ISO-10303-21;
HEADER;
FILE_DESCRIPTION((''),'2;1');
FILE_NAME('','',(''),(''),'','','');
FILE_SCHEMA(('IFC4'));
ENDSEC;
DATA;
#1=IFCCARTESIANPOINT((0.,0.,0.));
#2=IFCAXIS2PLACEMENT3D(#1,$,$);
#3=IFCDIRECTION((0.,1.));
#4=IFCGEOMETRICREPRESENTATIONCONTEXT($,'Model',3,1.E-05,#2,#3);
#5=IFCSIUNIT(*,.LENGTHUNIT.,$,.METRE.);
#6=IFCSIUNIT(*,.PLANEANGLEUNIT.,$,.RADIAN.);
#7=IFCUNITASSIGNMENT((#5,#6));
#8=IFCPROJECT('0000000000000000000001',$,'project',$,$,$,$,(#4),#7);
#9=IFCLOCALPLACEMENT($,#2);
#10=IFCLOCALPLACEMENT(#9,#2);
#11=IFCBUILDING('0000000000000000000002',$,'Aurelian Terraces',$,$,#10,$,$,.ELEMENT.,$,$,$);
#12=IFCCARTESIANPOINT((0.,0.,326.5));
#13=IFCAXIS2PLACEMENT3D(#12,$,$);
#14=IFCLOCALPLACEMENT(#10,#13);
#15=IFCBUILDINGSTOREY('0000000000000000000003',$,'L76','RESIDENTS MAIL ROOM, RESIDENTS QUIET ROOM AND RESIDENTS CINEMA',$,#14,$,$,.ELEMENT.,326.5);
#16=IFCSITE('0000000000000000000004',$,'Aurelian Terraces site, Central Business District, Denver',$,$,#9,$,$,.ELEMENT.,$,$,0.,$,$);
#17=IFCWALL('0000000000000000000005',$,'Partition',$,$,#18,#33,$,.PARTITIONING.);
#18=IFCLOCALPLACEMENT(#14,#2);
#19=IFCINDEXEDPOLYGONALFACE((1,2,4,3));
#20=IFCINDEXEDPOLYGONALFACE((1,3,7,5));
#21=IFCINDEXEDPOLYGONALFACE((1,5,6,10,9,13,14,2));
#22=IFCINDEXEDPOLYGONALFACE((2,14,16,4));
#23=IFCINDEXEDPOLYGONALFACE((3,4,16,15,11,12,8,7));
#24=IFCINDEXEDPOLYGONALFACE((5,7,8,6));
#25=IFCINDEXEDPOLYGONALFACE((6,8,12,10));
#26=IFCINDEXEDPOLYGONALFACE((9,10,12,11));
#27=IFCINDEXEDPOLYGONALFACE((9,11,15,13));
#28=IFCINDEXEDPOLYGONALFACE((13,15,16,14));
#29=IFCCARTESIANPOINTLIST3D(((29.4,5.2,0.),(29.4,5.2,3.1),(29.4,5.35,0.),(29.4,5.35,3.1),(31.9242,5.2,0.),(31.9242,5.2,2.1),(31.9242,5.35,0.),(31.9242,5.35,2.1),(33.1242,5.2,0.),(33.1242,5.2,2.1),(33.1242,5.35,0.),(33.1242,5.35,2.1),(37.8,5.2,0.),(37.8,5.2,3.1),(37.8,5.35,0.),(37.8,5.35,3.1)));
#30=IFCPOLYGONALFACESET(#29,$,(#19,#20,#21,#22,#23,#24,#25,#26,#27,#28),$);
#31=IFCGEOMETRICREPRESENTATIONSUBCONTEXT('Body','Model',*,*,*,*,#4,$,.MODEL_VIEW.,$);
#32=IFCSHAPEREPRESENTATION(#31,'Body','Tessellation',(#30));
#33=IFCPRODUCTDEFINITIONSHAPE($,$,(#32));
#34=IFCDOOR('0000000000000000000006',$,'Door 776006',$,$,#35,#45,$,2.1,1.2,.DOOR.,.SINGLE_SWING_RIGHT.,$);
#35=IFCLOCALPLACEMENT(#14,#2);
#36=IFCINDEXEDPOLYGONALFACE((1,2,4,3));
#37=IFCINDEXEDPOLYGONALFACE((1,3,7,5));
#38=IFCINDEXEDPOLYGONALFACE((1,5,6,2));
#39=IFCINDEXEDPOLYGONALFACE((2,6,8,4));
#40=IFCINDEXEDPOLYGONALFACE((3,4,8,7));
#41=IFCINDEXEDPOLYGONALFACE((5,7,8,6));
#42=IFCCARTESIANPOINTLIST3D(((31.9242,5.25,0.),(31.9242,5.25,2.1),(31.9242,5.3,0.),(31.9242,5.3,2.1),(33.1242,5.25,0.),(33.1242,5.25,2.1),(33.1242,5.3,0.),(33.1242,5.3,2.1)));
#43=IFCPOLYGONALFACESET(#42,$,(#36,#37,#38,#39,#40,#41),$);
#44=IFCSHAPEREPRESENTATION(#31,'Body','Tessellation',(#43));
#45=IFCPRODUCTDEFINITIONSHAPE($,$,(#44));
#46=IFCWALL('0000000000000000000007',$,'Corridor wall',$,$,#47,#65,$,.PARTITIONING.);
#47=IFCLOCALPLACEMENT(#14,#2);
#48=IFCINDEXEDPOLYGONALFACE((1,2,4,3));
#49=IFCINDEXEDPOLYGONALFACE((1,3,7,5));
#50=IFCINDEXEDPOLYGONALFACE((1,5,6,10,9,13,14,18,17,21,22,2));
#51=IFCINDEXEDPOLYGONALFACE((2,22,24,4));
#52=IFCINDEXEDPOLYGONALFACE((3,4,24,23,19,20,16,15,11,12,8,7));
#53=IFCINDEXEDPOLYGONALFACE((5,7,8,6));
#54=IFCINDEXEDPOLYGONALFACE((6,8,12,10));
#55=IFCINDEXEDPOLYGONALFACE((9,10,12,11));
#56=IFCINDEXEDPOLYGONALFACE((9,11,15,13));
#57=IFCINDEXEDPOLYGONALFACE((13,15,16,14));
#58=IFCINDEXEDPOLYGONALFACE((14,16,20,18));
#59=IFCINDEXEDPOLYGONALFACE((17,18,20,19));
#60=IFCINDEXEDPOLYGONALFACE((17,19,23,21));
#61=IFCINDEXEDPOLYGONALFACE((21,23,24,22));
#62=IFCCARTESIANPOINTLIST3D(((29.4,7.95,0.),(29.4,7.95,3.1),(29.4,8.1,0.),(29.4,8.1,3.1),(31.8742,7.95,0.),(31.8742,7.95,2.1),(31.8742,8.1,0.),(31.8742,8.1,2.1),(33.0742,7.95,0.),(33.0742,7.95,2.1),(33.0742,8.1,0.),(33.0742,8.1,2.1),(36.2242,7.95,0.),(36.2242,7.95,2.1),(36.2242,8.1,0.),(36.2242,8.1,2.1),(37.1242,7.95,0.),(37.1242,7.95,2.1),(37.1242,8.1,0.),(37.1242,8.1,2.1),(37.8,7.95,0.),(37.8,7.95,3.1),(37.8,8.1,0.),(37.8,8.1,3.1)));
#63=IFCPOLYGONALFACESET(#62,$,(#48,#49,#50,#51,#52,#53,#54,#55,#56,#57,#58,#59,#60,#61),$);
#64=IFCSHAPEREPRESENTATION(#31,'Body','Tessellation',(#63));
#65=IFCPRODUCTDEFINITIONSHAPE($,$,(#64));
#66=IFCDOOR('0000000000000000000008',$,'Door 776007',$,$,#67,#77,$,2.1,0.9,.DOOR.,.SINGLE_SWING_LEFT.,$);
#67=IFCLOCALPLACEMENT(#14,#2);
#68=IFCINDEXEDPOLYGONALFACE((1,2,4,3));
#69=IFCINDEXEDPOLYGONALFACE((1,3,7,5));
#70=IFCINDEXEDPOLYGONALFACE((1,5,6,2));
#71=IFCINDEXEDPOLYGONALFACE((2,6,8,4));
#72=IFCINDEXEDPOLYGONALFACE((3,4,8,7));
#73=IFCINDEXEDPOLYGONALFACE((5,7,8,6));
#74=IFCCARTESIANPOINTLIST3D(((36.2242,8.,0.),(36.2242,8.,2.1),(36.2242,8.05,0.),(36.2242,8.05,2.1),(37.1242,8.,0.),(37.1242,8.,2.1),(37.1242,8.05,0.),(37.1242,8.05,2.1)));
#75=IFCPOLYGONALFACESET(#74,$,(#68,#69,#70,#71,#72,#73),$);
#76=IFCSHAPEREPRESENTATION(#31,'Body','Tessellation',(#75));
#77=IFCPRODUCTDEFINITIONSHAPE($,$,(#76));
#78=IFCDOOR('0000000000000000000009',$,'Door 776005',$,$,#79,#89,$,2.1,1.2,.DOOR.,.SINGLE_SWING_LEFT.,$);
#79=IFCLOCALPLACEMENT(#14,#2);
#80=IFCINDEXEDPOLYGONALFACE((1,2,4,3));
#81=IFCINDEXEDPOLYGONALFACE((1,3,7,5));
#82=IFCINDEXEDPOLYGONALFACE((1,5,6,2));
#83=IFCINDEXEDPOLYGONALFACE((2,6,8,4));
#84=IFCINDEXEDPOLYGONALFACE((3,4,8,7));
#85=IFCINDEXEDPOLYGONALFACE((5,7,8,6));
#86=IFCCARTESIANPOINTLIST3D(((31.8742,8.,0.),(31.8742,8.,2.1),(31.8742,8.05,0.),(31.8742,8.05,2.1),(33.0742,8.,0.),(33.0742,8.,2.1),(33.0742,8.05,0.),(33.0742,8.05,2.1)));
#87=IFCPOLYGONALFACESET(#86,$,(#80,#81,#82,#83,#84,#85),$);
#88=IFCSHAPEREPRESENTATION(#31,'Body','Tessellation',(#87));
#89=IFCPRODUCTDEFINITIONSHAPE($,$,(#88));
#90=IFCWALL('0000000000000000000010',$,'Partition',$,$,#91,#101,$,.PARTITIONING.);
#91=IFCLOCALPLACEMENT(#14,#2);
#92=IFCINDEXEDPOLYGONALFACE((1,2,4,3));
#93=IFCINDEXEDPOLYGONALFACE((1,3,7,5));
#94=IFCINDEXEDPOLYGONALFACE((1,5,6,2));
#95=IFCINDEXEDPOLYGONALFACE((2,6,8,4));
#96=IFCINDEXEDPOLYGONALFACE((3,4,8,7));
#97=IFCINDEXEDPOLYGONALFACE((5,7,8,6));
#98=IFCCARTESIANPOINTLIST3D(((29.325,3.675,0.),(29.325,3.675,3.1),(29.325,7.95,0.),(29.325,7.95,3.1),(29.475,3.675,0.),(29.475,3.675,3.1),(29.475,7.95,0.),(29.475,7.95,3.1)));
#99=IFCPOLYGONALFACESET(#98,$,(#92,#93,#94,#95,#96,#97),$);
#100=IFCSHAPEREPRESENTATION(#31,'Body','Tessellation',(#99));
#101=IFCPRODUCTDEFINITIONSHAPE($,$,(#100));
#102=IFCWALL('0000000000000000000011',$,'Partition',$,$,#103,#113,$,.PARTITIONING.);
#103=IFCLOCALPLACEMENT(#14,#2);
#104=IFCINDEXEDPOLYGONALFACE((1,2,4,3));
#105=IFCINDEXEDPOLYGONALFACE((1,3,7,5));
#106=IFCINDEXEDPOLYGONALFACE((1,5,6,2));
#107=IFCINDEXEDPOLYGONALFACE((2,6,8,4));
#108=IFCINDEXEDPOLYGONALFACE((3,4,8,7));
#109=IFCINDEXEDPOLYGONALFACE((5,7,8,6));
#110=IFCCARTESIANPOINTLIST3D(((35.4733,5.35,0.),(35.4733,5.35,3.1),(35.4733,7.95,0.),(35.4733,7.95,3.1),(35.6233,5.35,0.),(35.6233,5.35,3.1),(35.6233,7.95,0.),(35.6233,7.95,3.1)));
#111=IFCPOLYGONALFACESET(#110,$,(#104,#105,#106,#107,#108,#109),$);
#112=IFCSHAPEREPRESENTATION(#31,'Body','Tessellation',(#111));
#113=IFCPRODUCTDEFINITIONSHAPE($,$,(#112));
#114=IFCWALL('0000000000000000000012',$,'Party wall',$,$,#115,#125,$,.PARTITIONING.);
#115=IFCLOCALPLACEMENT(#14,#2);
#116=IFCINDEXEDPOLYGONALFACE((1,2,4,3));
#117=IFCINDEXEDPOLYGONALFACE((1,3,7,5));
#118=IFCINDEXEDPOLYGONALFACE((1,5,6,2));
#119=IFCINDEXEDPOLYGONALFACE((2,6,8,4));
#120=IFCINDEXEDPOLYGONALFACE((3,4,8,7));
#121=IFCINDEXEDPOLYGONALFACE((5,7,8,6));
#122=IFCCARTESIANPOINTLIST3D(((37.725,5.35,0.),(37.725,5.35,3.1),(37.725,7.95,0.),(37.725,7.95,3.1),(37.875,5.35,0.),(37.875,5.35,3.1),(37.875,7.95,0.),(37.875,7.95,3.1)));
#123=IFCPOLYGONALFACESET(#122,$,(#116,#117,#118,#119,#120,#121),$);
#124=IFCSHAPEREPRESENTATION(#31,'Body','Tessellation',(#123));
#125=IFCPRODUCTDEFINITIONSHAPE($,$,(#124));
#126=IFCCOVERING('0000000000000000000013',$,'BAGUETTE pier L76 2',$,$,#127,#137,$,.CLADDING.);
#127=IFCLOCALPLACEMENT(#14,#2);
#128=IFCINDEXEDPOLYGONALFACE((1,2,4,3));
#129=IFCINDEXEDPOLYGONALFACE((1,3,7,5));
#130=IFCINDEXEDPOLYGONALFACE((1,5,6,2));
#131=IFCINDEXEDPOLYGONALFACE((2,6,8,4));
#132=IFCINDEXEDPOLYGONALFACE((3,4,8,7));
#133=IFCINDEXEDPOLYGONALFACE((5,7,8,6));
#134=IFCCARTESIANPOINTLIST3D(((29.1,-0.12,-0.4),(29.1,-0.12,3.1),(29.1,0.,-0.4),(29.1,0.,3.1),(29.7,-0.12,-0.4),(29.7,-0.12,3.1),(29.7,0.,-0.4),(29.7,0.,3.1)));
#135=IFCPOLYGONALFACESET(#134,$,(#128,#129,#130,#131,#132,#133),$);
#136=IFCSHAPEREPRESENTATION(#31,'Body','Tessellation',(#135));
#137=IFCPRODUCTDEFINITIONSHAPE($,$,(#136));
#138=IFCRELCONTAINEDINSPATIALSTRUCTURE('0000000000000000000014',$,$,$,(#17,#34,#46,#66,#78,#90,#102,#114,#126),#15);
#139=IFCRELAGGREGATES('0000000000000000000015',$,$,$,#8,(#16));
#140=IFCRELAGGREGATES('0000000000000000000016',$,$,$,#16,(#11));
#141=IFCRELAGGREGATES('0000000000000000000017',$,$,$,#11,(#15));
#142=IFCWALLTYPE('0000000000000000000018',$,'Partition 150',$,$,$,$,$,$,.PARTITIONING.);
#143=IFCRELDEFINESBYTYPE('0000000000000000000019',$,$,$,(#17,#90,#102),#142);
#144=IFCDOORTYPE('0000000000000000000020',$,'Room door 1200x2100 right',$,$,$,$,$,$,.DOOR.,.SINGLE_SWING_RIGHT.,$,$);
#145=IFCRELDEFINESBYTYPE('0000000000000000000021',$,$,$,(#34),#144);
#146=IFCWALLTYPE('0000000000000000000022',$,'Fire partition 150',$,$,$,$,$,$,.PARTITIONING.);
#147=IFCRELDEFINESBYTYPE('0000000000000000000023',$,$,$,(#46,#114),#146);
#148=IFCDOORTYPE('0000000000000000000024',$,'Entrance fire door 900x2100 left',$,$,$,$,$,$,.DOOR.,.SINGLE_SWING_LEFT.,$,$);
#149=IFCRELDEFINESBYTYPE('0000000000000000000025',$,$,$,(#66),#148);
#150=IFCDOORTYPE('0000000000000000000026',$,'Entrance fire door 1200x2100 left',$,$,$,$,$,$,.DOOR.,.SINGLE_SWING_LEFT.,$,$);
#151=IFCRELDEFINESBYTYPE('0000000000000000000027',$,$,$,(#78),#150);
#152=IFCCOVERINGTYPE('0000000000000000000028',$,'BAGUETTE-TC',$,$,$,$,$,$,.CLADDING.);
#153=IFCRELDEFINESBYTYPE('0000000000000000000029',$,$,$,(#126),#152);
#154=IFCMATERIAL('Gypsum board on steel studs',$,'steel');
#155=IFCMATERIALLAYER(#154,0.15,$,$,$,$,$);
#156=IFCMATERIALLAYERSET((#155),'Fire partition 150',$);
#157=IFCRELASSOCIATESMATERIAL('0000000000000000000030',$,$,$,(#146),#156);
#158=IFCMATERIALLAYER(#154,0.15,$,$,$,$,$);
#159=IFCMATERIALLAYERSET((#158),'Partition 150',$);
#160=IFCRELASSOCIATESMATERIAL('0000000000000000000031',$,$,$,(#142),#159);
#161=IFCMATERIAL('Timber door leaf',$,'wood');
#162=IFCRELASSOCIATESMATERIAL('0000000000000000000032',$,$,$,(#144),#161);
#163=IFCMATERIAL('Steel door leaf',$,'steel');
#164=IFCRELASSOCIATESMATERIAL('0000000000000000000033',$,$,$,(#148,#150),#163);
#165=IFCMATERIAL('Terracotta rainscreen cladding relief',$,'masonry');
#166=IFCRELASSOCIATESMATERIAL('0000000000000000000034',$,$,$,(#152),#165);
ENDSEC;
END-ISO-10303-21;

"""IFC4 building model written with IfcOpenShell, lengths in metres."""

from ifc_helpers import new_model, si_unit, direction, frame, frame_2d, origin, origin_2d, place, context, subcontext, project, spatial, rectangle, extrude, source, transform, mapped, material, layer, layer_set, type_object, element, fill, save


model = new_model("IFC4")

# Units and contexts
model_context = context("Model", 3, precision=1e-05, world=origin(), true_north=direction((0.0, 1.0)))
body_context = subcontext(model_context, "Body", "Model", "MODEL_VIEW")
ifc_project = project(units=[si_unit("LENGTHUNIT", "METRE"), si_unit("PLANEANGLEUNIT", "RADIAN")], contexts=[model_context])

# Site, building, storey
site_placement = place(None, origin())
site = spatial("IfcSite", under=ifc_project, at=site_placement, Name="Aurelian Terraces site, Central Business District, Denver", CompositionType="ELEMENT", RefElevation=0.0)
building_placement = place(site_placement, origin())
building = spatial("IfcBuilding", under=site, at=building_placement, Name="Aurelian Terraces", CompositionType="ELEMENT")
storey_placement = place(building_placement, frame((0.0, 0.0, 326.5)))
storey = spatial("IfcBuildingStorey", under=building, at=storey_placement, Name="L76", Description="RESIDENTS MAIL ROOM, RESIDENTS QUIET ROOM AND RESIDENTS CINEMA", CompositionType="ELEMENT", Elevation=326.5)

# Shared definitions
ifc_material_1 = material(Name="Gypsum board on steel studs", Category="steel")
ifc_layer_1 = layer(ifc_material_1, 0.15)
ifc_layer_set_1 = layer_set([ifc_layer_1], Name="Fire partition 150")
wall_type_1 = type_object("IfcWallType", Name="Fire partition 150", PredefinedType="PARTITIONING", material=ifc_layer_set_1)

# Wall, opening, door
ifc_layer_2 = layer(ifc_material_1, 0.15)
ifc_layer_set_2 = layer_set([ifc_layer_2], Name="Partition 150")
wall_type_2 = type_object("IfcWallType", Name="Partition 150", PredefinedType="PARTITIONING", material=ifc_layer_set_2)
shared_shape_1 = source(origin(), body_context, "Body", "SweptSolid", [
    extrude(rectangle(XDim=8.4, YDim=0.15, at=frame_2d((4.2, 0.0))), origin(), (0.0, 0.0, 1.0), 3.1),
])
wall_1_placement = place(storey_placement, frame((37.8, 5.275, 0.0), z_axis=(0.0, 0.0, 1.0), x_axis=(-1.0, 0.0, 0.0)))
wall_1 = element("IfcWall", 1, at=wall_1_placement, inside=storey, type_object=wall_type_2, Name="Partition", PredefinedType="PARTITIONING", context=body_context, shape_type="MappedRepresentation", body=[
    mapped(shared_shape_1, transform((0.0, 0.0, 0.0), scale=1.0)),
])
shared_shape_2 = source(origin(), body_context, "Body", "SweptSolid", [
    extrude(rectangle(XDim=1.2, YDim=2.1, at=frame_2d((0.6, 1.05))), frame((0.0, 0.085, 0.0), z_axis=(0.0, -1.0, 0.0), x_axis=(1.0, 0.0, 0.0)), (0.0, 0.0, 1.0), 0.17),
])
opening_1_placement = place(wall_1_placement, frame((4.6758, 0.0, 0.0)))
opening_1 = element("IfcOpeningElement", 2, at=opening_1_placement, cuts=wall_1, PredefinedType="OPENING", context=body_context, shape_type="MappedRepresentation", body=[
    mapped(shared_shape_2, transform((0.0, 0.0, 0.0), scale=1.0)),
])
ifc_material_2 = material(Name="Timber door leaf", Category="wood")
door_type_1 = type_object("IfcDoorType", Name="Room door 1200x2100 right", OperationType="SINGLE_SWING_RIGHT", PredefinedType="DOOR", material=ifc_material_2)
shared_shape_3 = source(origin(), body_context, "Body", "SweptSolid", [
    extrude(rectangle(XDim=1.2, YDim=2.1, at=frame_2d((0.6, 1.05))), frame((0.0, 0.025, 0.0), z_axis=(0.0, -1.0, 0.0), x_axis=(1.0, 0.0, 0.0)), (0.0, 0.0, 1.0), 0.05),
])
door_1_placement = place(opening_1_placement, origin())
door_1 = element("IfcDoor", 3, at=door_1_placement, inside=storey, type_object=door_type_1, Name="Door 776006", OperationType="SINGLE_SWING_RIGHT", OverallHeight=2.1, OverallWidth=1.2, PredefinedType="DOOR", context=body_context, shape_type="MappedRepresentation", body=[
    mapped(shared_shape_3, transform((0.0, 0.0, 0.0), scale=1.0)),
])
fill(opening_1, door_1)

# Wall, openings, doors
wall_2_placement = place(storey_placement, frame((37.8, 8.025, 0.0), z_axis=(0.0, 0.0, 1.0), x_axis=(-1.0, 0.0, 0.0)))
wall_2 = element("IfcWall", 4, at=wall_2_placement, inside=storey, type_object=wall_type_1, Name="Corridor wall", PredefinedType="PARTITIONING", context=body_context, shape_type="MappedRepresentation", body=[
    mapped(shared_shape_1, transform((0.0, 0.0, 0.0), scale=1.0)),
])
opening_2_placement = place(wall_2_placement, frame((4.7258, 0.0, 0.0)))
opening_2 = element("IfcOpeningElement", 5, at=opening_2_placement, cuts=wall_2, PredefinedType="OPENING", context=body_context, shape_type="MappedRepresentation", body=[
    mapped(shared_shape_2, transform((0.0, 0.0, 0.0), scale=1.0)),
])
shared_shape_4 = source(origin(), body_context, "Body", "SweptSolid", [
    extrude(rectangle(XDim=0.9, YDim=2.1, at=frame_2d((0.45, 1.05))), frame((0.0, 0.085, 0.0), z_axis=(0.0, -1.0, 0.0), x_axis=(1.0, 0.0, 0.0)), (0.0, 0.0, 1.0), 0.17),
])
opening_3_placement = place(wall_2_placement, frame((0.6758, 0.0, 0.0)))
opening_3 = element("IfcOpeningElement", 6, at=opening_3_placement, cuts=wall_2, PredefinedType="OPENING", context=body_context, shape_type="MappedRepresentation", body=[
    mapped(shared_shape_4, transform((0.0, 0.0, 0.0), scale=1.0)),
])
ifc_material_3 = material(Name="Steel door leaf", Category="steel")
door_type_2 = type_object("IfcDoorType", Name="Entrance fire door 900x2100 left", OperationType="SINGLE_SWING_LEFT", PredefinedType="DOOR", material=ifc_material_3)
shared_shape_5 = source(origin(), body_context, "Body", "SweptSolid", [
    extrude(rectangle(XDim=0.9, YDim=2.1, at=frame_2d((0.45, 1.05))), frame((0.0, 0.025, 0.0), z_axis=(0.0, -1.0, 0.0), x_axis=(1.0, 0.0, 0.0)), (0.0, 0.0, 1.0), 0.05),
])
door_2_placement = place(opening_3_placement, origin())
door_2 = element("IfcDoor", 7, at=door_2_placement, inside=storey, type_object=door_type_2, Name="Door 776007", OperationType="SINGLE_SWING_LEFT", OverallHeight=2.1, OverallWidth=0.9, PredefinedType="DOOR", context=body_context, shape_type="MappedRepresentation", body=[
    mapped(shared_shape_5, transform((0.0, 0.0, 0.0), scale=1.0)),
])
fill(opening_3, door_2)
door_type_3 = type_object("IfcDoorType", Name="Entrance fire door 1200x2100 left", OperationType="SINGLE_SWING_LEFT", PredefinedType="DOOR", material=ifc_material_3)
door_3_placement = place(opening_2_placement, origin())
door_3 = element("IfcDoor", 8, at=door_3_placement, inside=storey, type_object=door_type_3, Name="Door 776005", OperationType="SINGLE_SWING_LEFT", OverallHeight=2.1, OverallWidth=1.2, PredefinedType="DOOR", context=body_context, shape_type="MappedRepresentation", body=[
    mapped(shared_shape_3, transform((0.0, 0.0, 0.0), scale=1.0)),
])
fill(opening_2, door_3)

# Walls
shared_shape_6 = source(origin(), body_context, "Body", "SweptSolid", [
    extrude(rectangle(XDim=4.275, YDim=0.15, at=frame_2d((2.1375, 0.0))), origin(), (0.0, 0.0, 1.0), 3.1),
])
wall_3_placement = place(storey_placement, frame((29.4, 3.675, 0.0), z_axis=(0.0, 0.0, 1.0), x_axis=(0.0, 1.0, 0.0)))
element("IfcWall", 9, at=wall_3_placement, inside=storey, type_object=wall_type_2, Name="Partition", PredefinedType="PARTITIONING", context=body_context, shape_type="MappedRepresentation", body=[
    mapped(shared_shape_6, transform((0.0, 0.0, 0.0), scale=1.0)),
])
shared_shape_7 = source(origin(), body_context, "Body", "SweptSolid", [
    extrude(rectangle(XDim=2.6, YDim=0.15, at=frame_2d((1.3, 0.0))), origin(), (0.0, 0.0, 1.0), 3.1),
])
wall_4_placement = place(storey_placement, frame((35.5483, 5.35, 0.0), z_axis=(0.0, 0.0, 1.0), x_axis=(0.0, 1.0, 0.0)))
element("IfcWall", 10, at=wall_4_placement, inside=storey, type_object=wall_type_2, Name="Partition", PredefinedType="PARTITIONING", context=body_context, shape_type="MappedRepresentation", body=[
    mapped(shared_shape_7, transform((0.0, 0.0, 0.0), scale=1.0)),
])
wall_5_placement = place(storey_placement, frame((37.8, 5.35, 0.0), z_axis=(0.0, 0.0, 1.0), x_axis=(0.0, 1.0, 0.0)))
element("IfcWall", 11, at=wall_5_placement, inside=storey, type_object=wall_type_1, Name="Party wall", PredefinedType="PARTITIONING", context=body_context, shape_type="MappedRepresentation", body=[
    mapped(shared_shape_7, transform((0.0, 0.0, 0.0), scale=1.0)),
])

# Covering
ifc_material_4 = material(Name="Terracotta rainscreen cladding relief", Category="masonry")
covering_type = type_object("IfcCoveringType", Name="BAGUETTE-TC", PredefinedType="CLADDING", material=ifc_material_4)
shared_shape_8 = source(origin(), body_context, "Body", "SweptSolid", [
    extrude(rectangle(XDim=0.6, YDim=0.12, at=origin_2d()), origin(), (0.0, 0.0, 1.0), 3.5),
])
covering_placement = place(storey_placement, frame((29.4, -0.06, -0.4), z_axis=(0.0, 0.0, 1.0), x_axis=(1.0, 0.0, 0.0)))
element("IfcCovering", 12, at=covering_placement, inside=storey, type_object=covering_type, Name="BAGUETTE pier L76 2", PredefinedType="CLADDING", context=body_context, shape_type="MappedRepresentation", body=[
    mapped(shared_shape_8, transform((0.0, 0.0, 0.0), scale=1.0)),
])

save(model, "model.ifc")
